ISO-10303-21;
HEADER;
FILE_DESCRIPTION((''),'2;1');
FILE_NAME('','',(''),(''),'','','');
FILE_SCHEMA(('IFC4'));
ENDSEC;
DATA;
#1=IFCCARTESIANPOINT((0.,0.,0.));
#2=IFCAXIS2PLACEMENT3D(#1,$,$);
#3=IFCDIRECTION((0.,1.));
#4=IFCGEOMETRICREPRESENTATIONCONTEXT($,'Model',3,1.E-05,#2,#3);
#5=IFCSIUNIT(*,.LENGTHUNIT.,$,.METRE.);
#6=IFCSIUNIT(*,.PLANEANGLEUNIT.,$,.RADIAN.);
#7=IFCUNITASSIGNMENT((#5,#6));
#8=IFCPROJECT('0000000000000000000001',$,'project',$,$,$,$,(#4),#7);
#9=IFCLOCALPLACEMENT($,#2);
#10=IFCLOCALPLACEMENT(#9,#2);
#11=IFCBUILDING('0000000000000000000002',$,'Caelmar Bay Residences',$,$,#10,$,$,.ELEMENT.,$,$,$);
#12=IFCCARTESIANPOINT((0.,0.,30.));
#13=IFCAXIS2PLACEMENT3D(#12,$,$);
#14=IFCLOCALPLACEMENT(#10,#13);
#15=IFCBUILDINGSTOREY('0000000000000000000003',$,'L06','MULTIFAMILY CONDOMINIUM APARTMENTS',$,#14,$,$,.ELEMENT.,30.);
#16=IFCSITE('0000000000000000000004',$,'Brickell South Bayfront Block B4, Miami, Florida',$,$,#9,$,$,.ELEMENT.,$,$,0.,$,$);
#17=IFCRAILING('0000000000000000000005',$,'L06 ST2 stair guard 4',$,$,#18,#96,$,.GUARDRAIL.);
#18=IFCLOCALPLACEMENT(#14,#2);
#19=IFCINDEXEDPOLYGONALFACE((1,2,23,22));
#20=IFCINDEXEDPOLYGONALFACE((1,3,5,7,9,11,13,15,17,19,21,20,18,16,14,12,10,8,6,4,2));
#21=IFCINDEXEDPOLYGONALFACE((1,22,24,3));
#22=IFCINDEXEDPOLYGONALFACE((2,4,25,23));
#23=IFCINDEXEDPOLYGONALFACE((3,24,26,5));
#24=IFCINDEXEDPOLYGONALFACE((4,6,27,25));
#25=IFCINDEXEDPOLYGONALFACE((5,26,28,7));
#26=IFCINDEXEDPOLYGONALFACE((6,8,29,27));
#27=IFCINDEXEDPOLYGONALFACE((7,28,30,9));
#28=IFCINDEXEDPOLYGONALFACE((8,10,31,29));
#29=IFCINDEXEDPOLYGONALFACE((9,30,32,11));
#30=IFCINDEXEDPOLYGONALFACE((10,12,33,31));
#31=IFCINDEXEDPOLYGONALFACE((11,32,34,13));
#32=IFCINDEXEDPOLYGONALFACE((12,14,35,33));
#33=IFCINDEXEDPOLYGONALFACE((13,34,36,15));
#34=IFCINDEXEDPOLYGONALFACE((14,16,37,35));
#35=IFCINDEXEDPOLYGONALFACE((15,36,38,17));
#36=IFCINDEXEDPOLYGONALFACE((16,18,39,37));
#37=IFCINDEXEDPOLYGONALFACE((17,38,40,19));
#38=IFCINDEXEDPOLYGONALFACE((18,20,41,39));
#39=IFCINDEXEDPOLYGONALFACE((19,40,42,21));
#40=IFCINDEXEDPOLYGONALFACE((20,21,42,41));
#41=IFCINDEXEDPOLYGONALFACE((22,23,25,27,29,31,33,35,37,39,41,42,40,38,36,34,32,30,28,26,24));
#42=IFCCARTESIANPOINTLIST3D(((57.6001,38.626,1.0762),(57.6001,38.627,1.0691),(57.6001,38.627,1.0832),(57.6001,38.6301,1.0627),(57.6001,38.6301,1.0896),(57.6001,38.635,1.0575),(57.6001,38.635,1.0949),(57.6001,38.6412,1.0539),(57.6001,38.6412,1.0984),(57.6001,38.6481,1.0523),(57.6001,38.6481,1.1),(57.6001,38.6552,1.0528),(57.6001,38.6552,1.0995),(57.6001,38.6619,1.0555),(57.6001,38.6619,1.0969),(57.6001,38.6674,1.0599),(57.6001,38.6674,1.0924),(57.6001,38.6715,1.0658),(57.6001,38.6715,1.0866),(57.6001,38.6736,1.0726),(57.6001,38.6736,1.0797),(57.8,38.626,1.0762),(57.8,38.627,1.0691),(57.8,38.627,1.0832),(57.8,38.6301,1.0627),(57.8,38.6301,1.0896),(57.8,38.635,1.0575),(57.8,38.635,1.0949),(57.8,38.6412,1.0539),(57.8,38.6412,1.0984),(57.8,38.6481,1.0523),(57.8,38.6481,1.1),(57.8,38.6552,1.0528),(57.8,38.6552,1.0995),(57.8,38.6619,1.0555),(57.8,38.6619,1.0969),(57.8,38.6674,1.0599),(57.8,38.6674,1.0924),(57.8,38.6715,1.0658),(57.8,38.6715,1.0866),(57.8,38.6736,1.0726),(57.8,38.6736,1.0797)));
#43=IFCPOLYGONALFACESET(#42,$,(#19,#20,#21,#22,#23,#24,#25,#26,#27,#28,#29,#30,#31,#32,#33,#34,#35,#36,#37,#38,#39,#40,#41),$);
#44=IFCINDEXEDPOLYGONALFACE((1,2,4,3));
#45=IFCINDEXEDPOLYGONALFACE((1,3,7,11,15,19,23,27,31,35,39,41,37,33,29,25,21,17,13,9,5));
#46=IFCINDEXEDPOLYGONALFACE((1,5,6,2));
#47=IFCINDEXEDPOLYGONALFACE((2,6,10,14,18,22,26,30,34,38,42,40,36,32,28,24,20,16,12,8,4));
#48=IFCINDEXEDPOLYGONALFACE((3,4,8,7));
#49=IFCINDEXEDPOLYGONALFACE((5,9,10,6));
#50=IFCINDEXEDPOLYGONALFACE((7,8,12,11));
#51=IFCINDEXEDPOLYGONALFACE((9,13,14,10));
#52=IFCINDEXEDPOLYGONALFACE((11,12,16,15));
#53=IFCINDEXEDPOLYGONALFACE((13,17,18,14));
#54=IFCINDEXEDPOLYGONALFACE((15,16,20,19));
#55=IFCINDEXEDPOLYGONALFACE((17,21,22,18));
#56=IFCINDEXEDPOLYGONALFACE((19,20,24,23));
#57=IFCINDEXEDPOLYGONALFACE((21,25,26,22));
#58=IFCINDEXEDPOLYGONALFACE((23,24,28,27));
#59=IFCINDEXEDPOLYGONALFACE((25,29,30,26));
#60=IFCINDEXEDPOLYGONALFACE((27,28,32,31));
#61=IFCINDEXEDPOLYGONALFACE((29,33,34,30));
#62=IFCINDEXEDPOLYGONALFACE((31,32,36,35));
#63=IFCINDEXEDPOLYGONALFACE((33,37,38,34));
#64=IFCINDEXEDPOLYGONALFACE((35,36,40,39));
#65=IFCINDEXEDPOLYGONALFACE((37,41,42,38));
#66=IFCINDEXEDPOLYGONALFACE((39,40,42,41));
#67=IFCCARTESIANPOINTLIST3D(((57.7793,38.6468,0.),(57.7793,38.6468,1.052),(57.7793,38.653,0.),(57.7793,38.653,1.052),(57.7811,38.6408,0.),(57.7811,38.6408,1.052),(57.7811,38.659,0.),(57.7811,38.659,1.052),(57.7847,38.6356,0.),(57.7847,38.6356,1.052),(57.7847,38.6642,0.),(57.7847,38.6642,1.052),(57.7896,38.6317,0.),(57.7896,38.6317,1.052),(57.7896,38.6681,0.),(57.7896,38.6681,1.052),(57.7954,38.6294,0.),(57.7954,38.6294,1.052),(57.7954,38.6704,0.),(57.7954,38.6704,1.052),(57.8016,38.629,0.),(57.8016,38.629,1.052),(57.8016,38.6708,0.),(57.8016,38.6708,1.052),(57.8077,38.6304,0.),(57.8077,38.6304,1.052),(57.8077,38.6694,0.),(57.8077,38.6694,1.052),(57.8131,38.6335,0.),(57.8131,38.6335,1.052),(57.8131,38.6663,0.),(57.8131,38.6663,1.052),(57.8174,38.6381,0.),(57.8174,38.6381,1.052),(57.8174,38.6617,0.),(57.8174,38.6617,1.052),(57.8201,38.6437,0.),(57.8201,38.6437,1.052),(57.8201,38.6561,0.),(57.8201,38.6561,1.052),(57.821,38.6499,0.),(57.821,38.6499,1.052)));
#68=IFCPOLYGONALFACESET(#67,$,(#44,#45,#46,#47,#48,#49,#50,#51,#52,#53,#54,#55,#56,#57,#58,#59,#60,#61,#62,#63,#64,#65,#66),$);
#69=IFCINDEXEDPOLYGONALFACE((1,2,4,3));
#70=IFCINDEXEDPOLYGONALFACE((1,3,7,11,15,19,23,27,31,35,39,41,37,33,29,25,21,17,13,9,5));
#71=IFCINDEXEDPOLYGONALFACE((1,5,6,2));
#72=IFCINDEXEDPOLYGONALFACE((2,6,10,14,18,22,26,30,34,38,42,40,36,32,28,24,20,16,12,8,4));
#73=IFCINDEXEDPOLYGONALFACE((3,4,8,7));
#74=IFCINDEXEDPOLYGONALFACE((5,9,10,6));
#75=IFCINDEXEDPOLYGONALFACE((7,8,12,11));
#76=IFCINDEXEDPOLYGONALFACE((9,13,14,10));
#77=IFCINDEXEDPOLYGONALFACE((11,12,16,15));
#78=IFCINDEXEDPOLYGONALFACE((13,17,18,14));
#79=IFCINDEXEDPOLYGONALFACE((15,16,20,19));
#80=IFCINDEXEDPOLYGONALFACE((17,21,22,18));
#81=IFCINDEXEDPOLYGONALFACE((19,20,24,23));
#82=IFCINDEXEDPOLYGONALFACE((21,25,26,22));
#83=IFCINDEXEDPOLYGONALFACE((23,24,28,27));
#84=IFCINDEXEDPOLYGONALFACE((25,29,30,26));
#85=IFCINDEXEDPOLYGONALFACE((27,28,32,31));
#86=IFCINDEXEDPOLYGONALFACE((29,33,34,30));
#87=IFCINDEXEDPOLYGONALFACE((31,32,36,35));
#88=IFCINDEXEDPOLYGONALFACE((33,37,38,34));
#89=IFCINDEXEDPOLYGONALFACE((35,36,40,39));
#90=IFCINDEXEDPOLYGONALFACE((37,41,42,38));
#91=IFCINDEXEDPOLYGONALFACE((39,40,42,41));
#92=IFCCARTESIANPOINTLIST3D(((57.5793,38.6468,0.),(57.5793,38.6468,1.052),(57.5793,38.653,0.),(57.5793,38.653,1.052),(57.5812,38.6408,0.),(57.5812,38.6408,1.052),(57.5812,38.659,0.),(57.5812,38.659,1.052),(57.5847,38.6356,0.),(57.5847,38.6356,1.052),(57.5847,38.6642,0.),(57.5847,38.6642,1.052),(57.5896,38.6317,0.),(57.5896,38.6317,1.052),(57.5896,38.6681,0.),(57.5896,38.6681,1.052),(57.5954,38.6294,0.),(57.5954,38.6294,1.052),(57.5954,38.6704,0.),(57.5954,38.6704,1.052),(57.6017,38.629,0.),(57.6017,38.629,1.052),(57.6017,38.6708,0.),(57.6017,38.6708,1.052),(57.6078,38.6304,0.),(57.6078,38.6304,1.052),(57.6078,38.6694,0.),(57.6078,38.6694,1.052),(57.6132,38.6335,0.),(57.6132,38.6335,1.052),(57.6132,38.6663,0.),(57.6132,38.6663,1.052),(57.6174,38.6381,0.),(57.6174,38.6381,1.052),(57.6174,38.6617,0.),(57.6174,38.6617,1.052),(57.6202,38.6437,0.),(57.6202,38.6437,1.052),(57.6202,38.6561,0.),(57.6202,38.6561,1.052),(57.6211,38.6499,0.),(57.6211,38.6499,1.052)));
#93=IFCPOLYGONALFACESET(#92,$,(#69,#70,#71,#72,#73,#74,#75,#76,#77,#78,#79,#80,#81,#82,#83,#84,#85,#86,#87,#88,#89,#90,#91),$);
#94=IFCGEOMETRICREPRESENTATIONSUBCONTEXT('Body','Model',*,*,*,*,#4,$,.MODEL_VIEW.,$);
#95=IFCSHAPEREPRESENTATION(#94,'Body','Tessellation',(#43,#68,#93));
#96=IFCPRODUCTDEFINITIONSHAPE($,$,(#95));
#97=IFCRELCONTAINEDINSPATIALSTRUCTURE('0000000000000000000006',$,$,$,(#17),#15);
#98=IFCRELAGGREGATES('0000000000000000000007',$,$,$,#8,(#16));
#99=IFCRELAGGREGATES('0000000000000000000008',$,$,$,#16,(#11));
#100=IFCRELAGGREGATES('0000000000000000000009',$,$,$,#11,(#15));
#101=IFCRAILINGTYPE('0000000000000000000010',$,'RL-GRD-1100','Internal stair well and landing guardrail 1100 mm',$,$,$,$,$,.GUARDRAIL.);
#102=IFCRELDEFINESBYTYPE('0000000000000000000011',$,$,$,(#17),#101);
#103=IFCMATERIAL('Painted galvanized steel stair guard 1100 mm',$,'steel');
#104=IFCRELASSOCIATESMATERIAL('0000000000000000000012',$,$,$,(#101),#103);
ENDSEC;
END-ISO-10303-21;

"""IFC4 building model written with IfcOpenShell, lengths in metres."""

from ifc_helpers import new_model, si_unit, direction, frame, origin, origin_2d, place, context, subcontext, project, spatial, circle, extrude, material, type_object, element, save


model = new_model("IFC4")

# Units and contexts
model_context = context("Model", 3, precision=1e-05, world=origin(), true_north=direction((0.0, 1.0)))
body_context = subcontext(model_context, "Body", "Model", "MODEL_VIEW")
ifc_project = project(units=[si_unit("LENGTHUNIT", "METRE"), si_unit("PLANEANGLEUNIT", "RADIAN")], contexts=[model_context])

# Site, building, storey
site_placement = place(None, origin())
site = spatial("IfcSite", under=ifc_project, at=site_placement, Name="Brickell South Bayfront Block B4, Miami, Florida", CompositionType="ELEMENT", RefElevation=0.0)
building_placement = place(site_placement, origin())
building = spatial("IfcBuilding", under=site, at=building_placement, Name="Caelmar Bay Residences", CompositionType="ELEMENT")
storey_placement = place(building_placement, frame((0.0, 0.0, 30.0)))
storey = spatial("IfcBuildingStorey", under=building, at=storey_placement, Name="L06", Description="MULTIFAMILY CONDOMINIUM APARTMENTS", CompositionType="ELEMENT", Elevation=30.0)

# Railing
ifc_material_1 = material(Name="Painted galvanized steel stair guard 1100 mm", Category="steel")
railing_type_1 = type_object("IfcRailingType", Name="RL-GRD-1100", Description="Internal stair well and landing guardrail 1100 mm", PredefinedType="GUARDRAIL", material=ifc_material_1)
railing_1_placement = place(storey_placement, frame((57.8, 38.6499, 0.0)))
element("IfcRailing", 1, at=railing_1_placement, inside=storey, type_object=railing_type_1, Name="L06 ST2 stair guard 4", PredefinedType="GUARDRAIL", context=body_context, shape_type="SweptSolid", body=[
    extrude(circle(Radius=0.0239, at=origin_2d()), frame((0.0, 0.0, 1.0762), z_axis=(-1.0, 0.0, 0.0), x_axis=(0.0, -1.0, 0.0)), (0.0, 0.0, 1.0), 0.2),
    extrude(circle(Radius=0.021, at=origin_2d()), origin(), (0.0, 0.0, 1.0), 1.052),
    extrude(circle(Radius=0.021, at=origin_2d()), frame((-0.2, 0.0, 0.0)), (0.0, 0.0, 1.0), 1.052),
])

save(model, "model.ifc")
